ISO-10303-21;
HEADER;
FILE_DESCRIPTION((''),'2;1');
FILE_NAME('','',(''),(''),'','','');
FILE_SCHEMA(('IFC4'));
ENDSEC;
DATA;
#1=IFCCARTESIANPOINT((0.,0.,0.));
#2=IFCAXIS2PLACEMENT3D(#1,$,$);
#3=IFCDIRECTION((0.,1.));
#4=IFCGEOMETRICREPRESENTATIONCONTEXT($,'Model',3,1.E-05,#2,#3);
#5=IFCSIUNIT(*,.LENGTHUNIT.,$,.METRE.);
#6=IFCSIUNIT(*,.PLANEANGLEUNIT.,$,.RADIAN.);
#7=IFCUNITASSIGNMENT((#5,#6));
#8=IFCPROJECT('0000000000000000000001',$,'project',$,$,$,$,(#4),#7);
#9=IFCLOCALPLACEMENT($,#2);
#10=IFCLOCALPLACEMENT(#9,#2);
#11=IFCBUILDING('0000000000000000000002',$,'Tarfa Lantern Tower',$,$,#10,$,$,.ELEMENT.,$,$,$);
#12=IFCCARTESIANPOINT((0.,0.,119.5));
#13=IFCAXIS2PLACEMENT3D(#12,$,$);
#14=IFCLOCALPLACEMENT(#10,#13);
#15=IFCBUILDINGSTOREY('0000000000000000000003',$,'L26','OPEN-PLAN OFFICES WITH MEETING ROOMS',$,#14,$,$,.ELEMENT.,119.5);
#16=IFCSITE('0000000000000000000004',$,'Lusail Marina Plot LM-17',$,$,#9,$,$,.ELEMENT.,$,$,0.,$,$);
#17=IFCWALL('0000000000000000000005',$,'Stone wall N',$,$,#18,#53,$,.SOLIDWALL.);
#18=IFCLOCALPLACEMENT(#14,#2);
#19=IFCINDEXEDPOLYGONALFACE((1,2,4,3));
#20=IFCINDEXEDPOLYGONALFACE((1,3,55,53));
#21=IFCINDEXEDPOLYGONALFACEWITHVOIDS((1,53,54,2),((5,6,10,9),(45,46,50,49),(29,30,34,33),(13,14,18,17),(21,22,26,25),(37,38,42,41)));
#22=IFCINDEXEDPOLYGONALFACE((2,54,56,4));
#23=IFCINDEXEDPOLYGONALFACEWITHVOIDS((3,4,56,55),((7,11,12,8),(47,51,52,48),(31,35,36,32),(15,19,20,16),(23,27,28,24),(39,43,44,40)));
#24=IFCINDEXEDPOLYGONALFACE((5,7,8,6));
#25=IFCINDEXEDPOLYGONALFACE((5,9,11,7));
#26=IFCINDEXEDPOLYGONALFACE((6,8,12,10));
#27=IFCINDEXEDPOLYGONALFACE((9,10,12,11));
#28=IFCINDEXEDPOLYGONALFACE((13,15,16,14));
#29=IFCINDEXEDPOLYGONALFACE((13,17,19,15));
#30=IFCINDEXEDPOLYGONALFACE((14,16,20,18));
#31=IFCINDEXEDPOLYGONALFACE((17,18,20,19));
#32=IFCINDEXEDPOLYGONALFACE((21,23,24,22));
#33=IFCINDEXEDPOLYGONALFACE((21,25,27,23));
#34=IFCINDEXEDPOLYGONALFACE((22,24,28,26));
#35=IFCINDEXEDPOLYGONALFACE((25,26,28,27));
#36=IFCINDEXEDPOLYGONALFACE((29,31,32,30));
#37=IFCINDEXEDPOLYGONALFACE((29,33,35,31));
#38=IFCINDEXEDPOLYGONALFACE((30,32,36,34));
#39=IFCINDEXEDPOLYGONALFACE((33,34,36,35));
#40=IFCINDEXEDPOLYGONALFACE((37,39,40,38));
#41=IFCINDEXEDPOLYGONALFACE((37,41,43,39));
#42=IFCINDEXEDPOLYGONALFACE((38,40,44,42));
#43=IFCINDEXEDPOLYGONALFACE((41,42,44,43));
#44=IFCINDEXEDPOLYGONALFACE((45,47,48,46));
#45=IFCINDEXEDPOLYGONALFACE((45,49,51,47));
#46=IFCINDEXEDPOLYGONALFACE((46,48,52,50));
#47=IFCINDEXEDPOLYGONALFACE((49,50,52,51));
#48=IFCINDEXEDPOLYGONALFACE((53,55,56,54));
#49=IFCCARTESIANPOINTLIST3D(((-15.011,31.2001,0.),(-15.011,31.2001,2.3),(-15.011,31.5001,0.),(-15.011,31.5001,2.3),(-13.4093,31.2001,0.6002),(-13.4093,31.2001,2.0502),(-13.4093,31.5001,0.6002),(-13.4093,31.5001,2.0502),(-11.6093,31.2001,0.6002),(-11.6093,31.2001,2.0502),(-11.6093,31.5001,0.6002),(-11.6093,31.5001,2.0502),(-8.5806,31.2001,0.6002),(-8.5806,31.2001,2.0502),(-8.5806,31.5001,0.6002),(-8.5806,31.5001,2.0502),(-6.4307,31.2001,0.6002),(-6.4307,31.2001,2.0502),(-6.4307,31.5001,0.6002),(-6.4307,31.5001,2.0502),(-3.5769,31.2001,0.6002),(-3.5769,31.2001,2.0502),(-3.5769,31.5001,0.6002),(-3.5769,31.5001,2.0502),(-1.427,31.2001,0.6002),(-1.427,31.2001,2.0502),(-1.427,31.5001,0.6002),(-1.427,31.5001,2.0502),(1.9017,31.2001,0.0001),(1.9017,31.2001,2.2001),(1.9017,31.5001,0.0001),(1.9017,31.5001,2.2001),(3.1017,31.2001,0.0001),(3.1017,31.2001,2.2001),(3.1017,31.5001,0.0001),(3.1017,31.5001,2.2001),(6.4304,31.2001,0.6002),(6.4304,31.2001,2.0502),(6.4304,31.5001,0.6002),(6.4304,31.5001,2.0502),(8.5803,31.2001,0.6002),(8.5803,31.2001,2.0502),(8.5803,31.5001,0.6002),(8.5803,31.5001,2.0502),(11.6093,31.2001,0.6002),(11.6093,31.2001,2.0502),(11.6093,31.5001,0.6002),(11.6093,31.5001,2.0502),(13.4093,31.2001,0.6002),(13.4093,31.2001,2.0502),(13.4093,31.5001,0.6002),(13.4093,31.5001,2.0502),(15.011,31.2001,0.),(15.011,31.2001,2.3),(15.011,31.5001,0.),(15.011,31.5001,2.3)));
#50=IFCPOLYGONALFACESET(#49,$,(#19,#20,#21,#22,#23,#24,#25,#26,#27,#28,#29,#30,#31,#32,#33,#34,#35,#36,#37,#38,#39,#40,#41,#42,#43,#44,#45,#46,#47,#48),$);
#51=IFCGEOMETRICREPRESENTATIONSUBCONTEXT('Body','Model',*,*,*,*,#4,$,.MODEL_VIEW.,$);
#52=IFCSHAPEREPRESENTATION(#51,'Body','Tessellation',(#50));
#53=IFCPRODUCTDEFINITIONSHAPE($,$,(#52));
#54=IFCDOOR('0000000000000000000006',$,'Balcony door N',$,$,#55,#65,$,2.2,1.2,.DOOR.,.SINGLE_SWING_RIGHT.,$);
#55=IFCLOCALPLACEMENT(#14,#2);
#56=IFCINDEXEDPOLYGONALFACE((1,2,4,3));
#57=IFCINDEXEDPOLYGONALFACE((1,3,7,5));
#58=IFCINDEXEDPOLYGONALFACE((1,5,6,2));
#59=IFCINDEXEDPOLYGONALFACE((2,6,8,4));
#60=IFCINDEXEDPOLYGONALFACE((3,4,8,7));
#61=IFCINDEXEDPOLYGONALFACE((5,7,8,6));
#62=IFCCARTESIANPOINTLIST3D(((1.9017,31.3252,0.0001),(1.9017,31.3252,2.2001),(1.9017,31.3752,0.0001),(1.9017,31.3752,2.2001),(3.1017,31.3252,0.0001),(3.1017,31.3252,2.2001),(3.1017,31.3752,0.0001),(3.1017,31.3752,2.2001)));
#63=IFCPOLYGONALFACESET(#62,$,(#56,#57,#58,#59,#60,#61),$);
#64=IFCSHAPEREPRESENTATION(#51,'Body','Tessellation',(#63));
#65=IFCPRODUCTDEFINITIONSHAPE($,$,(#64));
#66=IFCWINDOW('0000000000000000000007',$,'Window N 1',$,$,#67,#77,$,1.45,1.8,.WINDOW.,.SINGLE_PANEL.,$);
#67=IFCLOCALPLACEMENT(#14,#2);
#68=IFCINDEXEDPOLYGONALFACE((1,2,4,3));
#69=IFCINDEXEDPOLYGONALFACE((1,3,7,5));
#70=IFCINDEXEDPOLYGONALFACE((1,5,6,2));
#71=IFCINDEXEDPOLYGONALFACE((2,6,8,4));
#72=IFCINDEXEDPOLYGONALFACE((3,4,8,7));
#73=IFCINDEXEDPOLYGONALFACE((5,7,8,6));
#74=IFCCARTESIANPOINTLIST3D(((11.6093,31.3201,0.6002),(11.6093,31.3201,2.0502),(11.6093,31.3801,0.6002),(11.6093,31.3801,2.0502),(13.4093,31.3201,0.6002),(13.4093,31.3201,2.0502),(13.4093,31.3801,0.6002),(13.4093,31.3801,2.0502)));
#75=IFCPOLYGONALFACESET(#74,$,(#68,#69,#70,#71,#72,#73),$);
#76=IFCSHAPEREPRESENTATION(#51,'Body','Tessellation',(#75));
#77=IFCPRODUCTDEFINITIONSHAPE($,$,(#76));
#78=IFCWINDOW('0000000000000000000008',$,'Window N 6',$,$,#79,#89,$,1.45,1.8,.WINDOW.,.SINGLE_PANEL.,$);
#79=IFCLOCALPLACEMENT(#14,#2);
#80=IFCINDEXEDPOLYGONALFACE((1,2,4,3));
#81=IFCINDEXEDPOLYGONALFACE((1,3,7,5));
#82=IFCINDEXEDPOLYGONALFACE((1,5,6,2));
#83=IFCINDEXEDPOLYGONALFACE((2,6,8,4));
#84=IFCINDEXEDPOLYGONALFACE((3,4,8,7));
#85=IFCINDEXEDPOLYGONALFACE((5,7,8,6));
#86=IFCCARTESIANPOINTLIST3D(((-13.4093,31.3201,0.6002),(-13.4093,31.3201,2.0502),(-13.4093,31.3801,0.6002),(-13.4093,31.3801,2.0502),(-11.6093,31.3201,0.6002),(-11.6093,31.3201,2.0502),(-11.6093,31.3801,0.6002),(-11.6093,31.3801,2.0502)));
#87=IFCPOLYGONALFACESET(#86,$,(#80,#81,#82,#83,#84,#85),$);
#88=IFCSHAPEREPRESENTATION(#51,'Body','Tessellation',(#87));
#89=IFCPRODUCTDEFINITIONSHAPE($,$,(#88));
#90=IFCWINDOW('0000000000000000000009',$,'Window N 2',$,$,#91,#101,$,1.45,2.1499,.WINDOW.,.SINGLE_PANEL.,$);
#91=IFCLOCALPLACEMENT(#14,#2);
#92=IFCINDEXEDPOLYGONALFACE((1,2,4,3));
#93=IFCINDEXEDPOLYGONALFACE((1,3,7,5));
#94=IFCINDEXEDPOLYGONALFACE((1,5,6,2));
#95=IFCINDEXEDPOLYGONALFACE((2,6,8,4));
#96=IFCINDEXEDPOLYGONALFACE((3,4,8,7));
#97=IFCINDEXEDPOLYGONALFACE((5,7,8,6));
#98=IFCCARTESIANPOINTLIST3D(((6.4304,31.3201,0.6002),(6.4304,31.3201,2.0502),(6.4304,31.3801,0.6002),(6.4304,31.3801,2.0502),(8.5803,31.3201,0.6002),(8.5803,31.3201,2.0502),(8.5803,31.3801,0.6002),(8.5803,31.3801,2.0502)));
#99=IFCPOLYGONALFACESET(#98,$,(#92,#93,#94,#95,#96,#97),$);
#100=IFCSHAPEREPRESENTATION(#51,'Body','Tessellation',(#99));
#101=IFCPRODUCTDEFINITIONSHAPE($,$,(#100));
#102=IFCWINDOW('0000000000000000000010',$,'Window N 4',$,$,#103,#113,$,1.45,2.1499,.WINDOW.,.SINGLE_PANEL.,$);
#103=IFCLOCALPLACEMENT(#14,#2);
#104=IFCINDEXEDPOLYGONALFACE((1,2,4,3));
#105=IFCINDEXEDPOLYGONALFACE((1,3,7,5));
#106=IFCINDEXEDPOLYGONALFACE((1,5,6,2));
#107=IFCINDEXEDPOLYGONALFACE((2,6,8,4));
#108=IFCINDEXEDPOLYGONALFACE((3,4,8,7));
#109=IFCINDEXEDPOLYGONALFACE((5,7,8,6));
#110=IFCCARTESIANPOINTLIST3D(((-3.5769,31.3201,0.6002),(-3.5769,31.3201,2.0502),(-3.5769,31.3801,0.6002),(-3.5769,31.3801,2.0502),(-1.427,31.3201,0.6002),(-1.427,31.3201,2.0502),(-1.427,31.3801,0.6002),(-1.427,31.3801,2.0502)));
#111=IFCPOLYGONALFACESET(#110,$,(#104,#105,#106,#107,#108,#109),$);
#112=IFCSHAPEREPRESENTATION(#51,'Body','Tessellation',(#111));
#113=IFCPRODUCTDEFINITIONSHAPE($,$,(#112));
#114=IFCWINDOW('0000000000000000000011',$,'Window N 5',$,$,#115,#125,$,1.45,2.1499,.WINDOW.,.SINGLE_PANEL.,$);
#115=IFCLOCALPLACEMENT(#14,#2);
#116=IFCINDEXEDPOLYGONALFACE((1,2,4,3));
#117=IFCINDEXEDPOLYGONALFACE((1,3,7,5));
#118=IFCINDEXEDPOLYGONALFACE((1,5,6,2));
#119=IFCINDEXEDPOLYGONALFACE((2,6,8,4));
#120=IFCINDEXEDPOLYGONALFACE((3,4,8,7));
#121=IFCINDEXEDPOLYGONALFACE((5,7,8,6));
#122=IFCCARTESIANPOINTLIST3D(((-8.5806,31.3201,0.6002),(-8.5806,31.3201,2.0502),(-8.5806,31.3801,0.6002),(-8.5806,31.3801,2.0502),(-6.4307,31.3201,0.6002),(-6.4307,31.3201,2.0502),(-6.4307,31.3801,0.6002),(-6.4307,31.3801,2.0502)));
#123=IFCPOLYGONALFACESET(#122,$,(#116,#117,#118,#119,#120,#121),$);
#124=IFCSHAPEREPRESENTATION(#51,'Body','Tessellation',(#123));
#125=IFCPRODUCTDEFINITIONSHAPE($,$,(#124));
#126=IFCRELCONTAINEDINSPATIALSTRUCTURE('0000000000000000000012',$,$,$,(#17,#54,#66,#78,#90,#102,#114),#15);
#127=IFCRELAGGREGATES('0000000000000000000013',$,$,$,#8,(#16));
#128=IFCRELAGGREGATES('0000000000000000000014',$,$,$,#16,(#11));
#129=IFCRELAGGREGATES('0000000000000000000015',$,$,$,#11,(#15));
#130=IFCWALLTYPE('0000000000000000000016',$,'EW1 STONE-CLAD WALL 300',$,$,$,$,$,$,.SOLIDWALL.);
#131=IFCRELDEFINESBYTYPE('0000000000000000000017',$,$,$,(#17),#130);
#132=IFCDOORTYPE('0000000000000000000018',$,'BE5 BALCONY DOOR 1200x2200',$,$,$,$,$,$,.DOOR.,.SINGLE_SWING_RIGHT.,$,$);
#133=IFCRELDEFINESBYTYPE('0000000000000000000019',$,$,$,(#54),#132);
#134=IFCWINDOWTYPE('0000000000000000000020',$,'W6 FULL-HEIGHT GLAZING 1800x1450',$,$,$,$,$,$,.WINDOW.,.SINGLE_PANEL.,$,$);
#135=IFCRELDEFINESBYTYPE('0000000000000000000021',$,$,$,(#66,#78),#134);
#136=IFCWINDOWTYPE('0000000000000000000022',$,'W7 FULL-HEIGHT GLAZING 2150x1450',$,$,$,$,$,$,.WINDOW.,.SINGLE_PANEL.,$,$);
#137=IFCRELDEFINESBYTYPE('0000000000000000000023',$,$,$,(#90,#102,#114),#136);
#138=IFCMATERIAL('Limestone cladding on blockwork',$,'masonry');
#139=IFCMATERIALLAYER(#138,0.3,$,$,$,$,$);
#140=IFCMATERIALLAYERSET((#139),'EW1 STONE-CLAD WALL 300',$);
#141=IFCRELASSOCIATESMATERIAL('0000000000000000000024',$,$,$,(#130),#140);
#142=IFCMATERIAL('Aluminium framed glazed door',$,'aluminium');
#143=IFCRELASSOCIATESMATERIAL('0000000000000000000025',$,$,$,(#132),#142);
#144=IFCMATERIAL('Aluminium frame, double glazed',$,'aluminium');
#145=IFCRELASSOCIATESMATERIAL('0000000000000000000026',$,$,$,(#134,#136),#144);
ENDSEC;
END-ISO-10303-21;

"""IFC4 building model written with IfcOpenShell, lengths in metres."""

from ifc_helpers import new_model, si_unit, direction, frame, frame_2d, origin, place, context, subcontext, project, spatial, rectangle, extrude, material, layer, layer_set, type_object, element, fill, save


model = new_model("IFC4")

# Units and contexts
model_context = context("Model", 3, precision=1e-05, world=origin(), true_north=direction((0.0, 1.0)))
body_context = subcontext(model_context, "Body", "Model", "MODEL_VIEW")
ifc_project = project(units=[si_unit("LENGTHUNIT", "METRE"), si_unit("PLANEANGLEUNIT", "RADIAN")], contexts=[model_context])

# Site, building, storey
site_placement = place(None, origin())
site = spatial("IfcSite", under=ifc_project, at=site_placement, Name="Lusail Marina Plot LM-17", CompositionType="ELEMENT", RefElevation=0.0)
building_placement = place(site_placement, origin())
building = spatial("IfcBuilding", under=site, at=building_placement, Name="Tarfa Lantern Tower", CompositionType="ELEMENT")
storey_placement = place(building_placement, frame((0.0, 0.0, 119.5)))
storey = spatial("IfcBuildingStorey", under=building, at=storey_placement, Name="L26", Description="OPEN-PLAN OFFICES WITH MEETING ROOMS", CompositionType="ELEMENT", Elevation=119.5)

# Wall, openings, door, windows
ifc_material_1 = material(Name="Limestone cladding on blockwork", Category="masonry")
ifc_layer_1 = layer(ifc_material_1, 0.3)
ifc_layer_set_1 = layer_set([ifc_layer_1], Name="EW1 STONE-CLAD WALL 300")
wall_type = type_object("IfcWallType", Name="EW1 STONE-CLAD WALL 300", PredefinedType="SOLIDWALL", material=ifc_layer_set_1)
wall_placement = place(storey_placement, frame((15.011, 31.3501, 0.0), z_axis=(0.0, 0.0, 1.0), x_axis=(-1.0, 0.0, 0.0)))
wall = element("IfcWall", 1, at=wall_placement, inside=storey, type_object=wall_type, Name="Stone wall N", PredefinedType="SOLIDWALL", context=body_context, shape_type="SweptSolid", body=[
    extrude(rectangle(XDim=30.022, YDim=0.3, at=frame_2d((15.011, 0.0))), origin(), (0.0, 0.0, 1.0), 2.3),
])
opening_1_placement = place(wall_placement, frame((1.6018, 0.0, 0.6001)))
opening_1 = element("IfcOpeningElement", 2, at=opening_1_placement, cuts=wall, PredefinedType="OPENING", context=body_context, shape_type="SweptSolid", body=[
    extrude(rectangle(XDim=1.8, YDim=1.45, at=frame_2d((0.8999, 0.7251))), frame((0.0, 0.1599, 0.0), z_axis=(0.0, -1.0, 0.0), x_axis=(1.0, 0.0, 0.0)), (0.0, 0.0, 1.0), 0.3201),
])
opening_2_placement = place(wall_placement, frame((6.4307, 0.0, 0.6001)))
opening_2 = element("IfcOpeningElement", 3, at=opening_2_placement, cuts=wall, PredefinedType="OPENING", context=body_context, shape_type="SweptSolid", body=[
    extrude(rectangle(XDim=2.1499, YDim=1.45, at=frame_2d((1.075, 0.7251))), frame((0.0, 0.1599, 0.0), z_axis=(0.0, -1.0, 0.0), x_axis=(1.0, 0.0, 0.0)), (0.0, 0.0, 1.0), 0.3201),
])
opening_3_placement = place(wall_placement, frame((11.9092, 0.0, 0.0)))
opening_3 = element("IfcOpeningElement", 4, at=opening_3_placement, cuts=wall, PredefinedType="OPENING", context=body_context, shape_type="SweptSolid", body=[
    extrude(rectangle(XDim=1.2, YDim=2.2, at=frame_2d((0.6001, 1.1001))), frame((0.0, 0.1599, 0.0), z_axis=(0.0, -1.0, 0.0), x_axis=(1.0, 0.0, 0.0)), (0.0, 0.0, 1.0), 0.3201),
])
opening_4_placement = place(wall_placement, frame((16.438, 0.0, 0.6001)))
opening_4 = element("IfcOpeningElement", 5, at=opening_4_placement, cuts=wall, PredefinedType="OPENING", context=body_context, shape_type="SweptSolid", body=[
    extrude(rectangle(XDim=2.1499, YDim=1.45, at=frame_2d((1.075, 0.7251))), frame((0.0, 0.1599, 0.0), z_axis=(0.0, -1.0, 0.0), x_axis=(1.0, 0.0, 0.0)), (0.0, 0.0, 1.0), 0.3201),
])
opening_5_placement = place(wall_placement, frame((21.4417, 0.0, 0.6001)))
opening_5 = element("IfcOpeningElement", 6, at=opening_5_placement, cuts=wall, PredefinedType="OPENING", context=body_context, shape_type="SweptSolid", body=[
    extrude(rectangle(XDim=2.1499, YDim=1.45, at=frame_2d((1.075, 0.7251))), frame((0.0, 0.1599, 0.0), z_axis=(0.0, -1.0, 0.0), x_axis=(1.0, 0.0, 0.0)), (0.0, 0.0, 1.0), 0.3201),
])
opening_6_placement = place(wall_placement, frame((26.6204, 0.0, 0.6001)))
opening_6 = element("IfcOpeningElement", 7, at=opening_6_placement, cuts=wall, PredefinedType="OPENING", context=body_context, shape_type="SweptSolid", body=[
    extrude(rectangle(XDim=1.8, YDim=1.45, at=frame_2d((0.8999, 0.7251))), frame((0.0, 0.1599, 0.0), z_axis=(0.0, -1.0, 0.0), x_axis=(1.0, 0.0, 0.0)), (0.0, 0.0, 1.0), 0.3201),
])
ifc_material_2 = material(Name="Aluminium framed glazed door", Category="aluminium")
door_type = type_object("IfcDoorType", Name="BE5 BALCONY DOOR 1200x2200", OperationType="SINGLE_SWING_RIGHT", PredefinedType="DOOR", material=ifc_material_2)
door_placement = place(opening_3_placement, origin())
door = element("IfcDoor", 8, at=door_placement, inside=storey, type_object=door_type, Name="Balcony door N", OperationType="SINGLE_SWING_RIGHT", OverallHeight=2.2, OverallWidth=1.2, PredefinedType="DOOR", context=body_context, shape_type="SweptSolid", body=[
    extrude(rectangle(XDim=1.2, YDim=2.2, at=frame_2d((0.6001, 1.1001))), frame((0.0, 0.0249, 0.0), z_axis=(0.0, -1.0, 0.0), x_axis=(1.0, 0.0, 0.0)), (0.0, 0.0, 1.0), 0.05),
])
fill(opening_3, door)
ifc_material_3 = material(Name="Aluminium frame, double glazed", Category="aluminium")
window_type_1 = type_object("IfcWindowType", Name="W6 FULL-HEIGHT GLAZING 1800x1450", PartitioningType="SINGLE_PANEL", PredefinedType="WINDOW", material=ifc_material_3)
window_1_placement = place(opening_1_placement, origin())
window_1 = element("IfcWindow", 9, at=window_1_placement, inside=storey, type_object=window_type_1, Name="Window N 1", OverallHeight=1.45, OverallWidth=1.8, PartitioningType="SINGLE_PANEL", PredefinedType="WINDOW", context=body_context, shape_type="SweptSolid", body=[
    extrude(rectangle(XDim=1.8, YDim=1.45, at=frame_2d((0.8999, 0.7251))), frame((0.0, 0.03, 0.0), z_axis=(0.0, -1.0, 0.0), x_axis=(1.0, 0.0, 0.0)), (0.0, 0.0, 1.0), 0.0601),
])
fill(opening_1, window_1)
window_2_placement = place(opening_6_placement, origin())
window_2 = element("IfcWindow", 10, at=window_2_placement, inside=storey, type_object=window_type_1, Name="Window N 6", OverallHeight=1.45, OverallWidth=1.8, PartitioningType="SINGLE_PANEL", PredefinedType="WINDOW", context=body_context, shape_type="SweptSolid", body=[
    extrude(rectangle(XDim=1.8, YDim=1.45, at=frame_2d((0.8999, 0.7251))), frame((0.0, 0.03, 0.0), z_axis=(0.0, -1.0, 0.0), x_axis=(1.0, 0.0, 0.0)), (0.0, 0.0, 1.0), 0.0601),
])
fill(opening_6, window_2)
window_type_2 = type_object("IfcWindowType", Name="W7 FULL-HEIGHT GLAZING 2150x1450", PartitioningType="SINGLE_PANEL", PredefinedType="WINDOW", material=ifc_material_3)
window_3_placement = place(opening_2_placement, origin())
window_3 = element("IfcWindow", 11, at=window_3_placement, inside=storey, type_object=window_type_2, Name="Window N 2", OverallHeight=1.45, OverallWidth=2.1499, PartitioningType="SINGLE_PANEL", PredefinedType="WINDOW", context=body_context, shape_type="SweptSolid", body=[
    extrude(rectangle(XDim=2.1499, YDim=1.45, at=frame_2d((1.075, 0.7251))), frame((0.0, 0.03, 0.0), z_axis=(0.0, -1.0, 0.0), x_axis=(1.0, 0.0, 0.0)), (0.0, 0.0, 1.0), 0.0601),
])
fill(opening_2, window_3)
window_4_placement = place(opening_4_placement, origin())
window_4 = element("IfcWindow", 12, at=window_4_placement, inside=storey, type_object=window_type_2, Name="Window N 4", OverallHeight=1.45, OverallWidth=2.1499, PartitioningType="SINGLE_PANEL", PredefinedType="WINDOW", context=body_context, shape_type="SweptSolid", body=[
    extrude(rectangle(XDim=2.1499, YDim=1.45, at=frame_2d((1.075, 0.7251))), frame((0.0, 0.03, 0.0), z_axis=(0.0, -1.0, 0.0), x_axis=(1.0, 0.0, 0.0)), (0.0, 0.0, 1.0), 0.0601),
])
fill(opening_4, window_4)
window_5_placement = place(opening_5_placement, origin())
window_5 = element("IfcWindow", 13, at=window_5_placement, inside=storey, type_object=window_type_2, Name="Window N 5", OverallHeight=1.45, OverallWidth=2.1499, PartitioningType="SINGLE_PANEL", PredefinedType="WINDOW", context=body_context, shape_type="SweptSolid", body=[
    extrude(rectangle(XDim=2.1499, YDim=1.45, at=frame_2d((1.075, 0.7251))), frame((0.0, 0.03, 0.0), z_axis=(0.0, -1.0, 0.0), x_axis=(1.0, 0.0, 0.0)), (0.0, 0.0, 1.0), 0.0601),
])
fill(opening_5, window_5)

save(model, "model.ifc")
